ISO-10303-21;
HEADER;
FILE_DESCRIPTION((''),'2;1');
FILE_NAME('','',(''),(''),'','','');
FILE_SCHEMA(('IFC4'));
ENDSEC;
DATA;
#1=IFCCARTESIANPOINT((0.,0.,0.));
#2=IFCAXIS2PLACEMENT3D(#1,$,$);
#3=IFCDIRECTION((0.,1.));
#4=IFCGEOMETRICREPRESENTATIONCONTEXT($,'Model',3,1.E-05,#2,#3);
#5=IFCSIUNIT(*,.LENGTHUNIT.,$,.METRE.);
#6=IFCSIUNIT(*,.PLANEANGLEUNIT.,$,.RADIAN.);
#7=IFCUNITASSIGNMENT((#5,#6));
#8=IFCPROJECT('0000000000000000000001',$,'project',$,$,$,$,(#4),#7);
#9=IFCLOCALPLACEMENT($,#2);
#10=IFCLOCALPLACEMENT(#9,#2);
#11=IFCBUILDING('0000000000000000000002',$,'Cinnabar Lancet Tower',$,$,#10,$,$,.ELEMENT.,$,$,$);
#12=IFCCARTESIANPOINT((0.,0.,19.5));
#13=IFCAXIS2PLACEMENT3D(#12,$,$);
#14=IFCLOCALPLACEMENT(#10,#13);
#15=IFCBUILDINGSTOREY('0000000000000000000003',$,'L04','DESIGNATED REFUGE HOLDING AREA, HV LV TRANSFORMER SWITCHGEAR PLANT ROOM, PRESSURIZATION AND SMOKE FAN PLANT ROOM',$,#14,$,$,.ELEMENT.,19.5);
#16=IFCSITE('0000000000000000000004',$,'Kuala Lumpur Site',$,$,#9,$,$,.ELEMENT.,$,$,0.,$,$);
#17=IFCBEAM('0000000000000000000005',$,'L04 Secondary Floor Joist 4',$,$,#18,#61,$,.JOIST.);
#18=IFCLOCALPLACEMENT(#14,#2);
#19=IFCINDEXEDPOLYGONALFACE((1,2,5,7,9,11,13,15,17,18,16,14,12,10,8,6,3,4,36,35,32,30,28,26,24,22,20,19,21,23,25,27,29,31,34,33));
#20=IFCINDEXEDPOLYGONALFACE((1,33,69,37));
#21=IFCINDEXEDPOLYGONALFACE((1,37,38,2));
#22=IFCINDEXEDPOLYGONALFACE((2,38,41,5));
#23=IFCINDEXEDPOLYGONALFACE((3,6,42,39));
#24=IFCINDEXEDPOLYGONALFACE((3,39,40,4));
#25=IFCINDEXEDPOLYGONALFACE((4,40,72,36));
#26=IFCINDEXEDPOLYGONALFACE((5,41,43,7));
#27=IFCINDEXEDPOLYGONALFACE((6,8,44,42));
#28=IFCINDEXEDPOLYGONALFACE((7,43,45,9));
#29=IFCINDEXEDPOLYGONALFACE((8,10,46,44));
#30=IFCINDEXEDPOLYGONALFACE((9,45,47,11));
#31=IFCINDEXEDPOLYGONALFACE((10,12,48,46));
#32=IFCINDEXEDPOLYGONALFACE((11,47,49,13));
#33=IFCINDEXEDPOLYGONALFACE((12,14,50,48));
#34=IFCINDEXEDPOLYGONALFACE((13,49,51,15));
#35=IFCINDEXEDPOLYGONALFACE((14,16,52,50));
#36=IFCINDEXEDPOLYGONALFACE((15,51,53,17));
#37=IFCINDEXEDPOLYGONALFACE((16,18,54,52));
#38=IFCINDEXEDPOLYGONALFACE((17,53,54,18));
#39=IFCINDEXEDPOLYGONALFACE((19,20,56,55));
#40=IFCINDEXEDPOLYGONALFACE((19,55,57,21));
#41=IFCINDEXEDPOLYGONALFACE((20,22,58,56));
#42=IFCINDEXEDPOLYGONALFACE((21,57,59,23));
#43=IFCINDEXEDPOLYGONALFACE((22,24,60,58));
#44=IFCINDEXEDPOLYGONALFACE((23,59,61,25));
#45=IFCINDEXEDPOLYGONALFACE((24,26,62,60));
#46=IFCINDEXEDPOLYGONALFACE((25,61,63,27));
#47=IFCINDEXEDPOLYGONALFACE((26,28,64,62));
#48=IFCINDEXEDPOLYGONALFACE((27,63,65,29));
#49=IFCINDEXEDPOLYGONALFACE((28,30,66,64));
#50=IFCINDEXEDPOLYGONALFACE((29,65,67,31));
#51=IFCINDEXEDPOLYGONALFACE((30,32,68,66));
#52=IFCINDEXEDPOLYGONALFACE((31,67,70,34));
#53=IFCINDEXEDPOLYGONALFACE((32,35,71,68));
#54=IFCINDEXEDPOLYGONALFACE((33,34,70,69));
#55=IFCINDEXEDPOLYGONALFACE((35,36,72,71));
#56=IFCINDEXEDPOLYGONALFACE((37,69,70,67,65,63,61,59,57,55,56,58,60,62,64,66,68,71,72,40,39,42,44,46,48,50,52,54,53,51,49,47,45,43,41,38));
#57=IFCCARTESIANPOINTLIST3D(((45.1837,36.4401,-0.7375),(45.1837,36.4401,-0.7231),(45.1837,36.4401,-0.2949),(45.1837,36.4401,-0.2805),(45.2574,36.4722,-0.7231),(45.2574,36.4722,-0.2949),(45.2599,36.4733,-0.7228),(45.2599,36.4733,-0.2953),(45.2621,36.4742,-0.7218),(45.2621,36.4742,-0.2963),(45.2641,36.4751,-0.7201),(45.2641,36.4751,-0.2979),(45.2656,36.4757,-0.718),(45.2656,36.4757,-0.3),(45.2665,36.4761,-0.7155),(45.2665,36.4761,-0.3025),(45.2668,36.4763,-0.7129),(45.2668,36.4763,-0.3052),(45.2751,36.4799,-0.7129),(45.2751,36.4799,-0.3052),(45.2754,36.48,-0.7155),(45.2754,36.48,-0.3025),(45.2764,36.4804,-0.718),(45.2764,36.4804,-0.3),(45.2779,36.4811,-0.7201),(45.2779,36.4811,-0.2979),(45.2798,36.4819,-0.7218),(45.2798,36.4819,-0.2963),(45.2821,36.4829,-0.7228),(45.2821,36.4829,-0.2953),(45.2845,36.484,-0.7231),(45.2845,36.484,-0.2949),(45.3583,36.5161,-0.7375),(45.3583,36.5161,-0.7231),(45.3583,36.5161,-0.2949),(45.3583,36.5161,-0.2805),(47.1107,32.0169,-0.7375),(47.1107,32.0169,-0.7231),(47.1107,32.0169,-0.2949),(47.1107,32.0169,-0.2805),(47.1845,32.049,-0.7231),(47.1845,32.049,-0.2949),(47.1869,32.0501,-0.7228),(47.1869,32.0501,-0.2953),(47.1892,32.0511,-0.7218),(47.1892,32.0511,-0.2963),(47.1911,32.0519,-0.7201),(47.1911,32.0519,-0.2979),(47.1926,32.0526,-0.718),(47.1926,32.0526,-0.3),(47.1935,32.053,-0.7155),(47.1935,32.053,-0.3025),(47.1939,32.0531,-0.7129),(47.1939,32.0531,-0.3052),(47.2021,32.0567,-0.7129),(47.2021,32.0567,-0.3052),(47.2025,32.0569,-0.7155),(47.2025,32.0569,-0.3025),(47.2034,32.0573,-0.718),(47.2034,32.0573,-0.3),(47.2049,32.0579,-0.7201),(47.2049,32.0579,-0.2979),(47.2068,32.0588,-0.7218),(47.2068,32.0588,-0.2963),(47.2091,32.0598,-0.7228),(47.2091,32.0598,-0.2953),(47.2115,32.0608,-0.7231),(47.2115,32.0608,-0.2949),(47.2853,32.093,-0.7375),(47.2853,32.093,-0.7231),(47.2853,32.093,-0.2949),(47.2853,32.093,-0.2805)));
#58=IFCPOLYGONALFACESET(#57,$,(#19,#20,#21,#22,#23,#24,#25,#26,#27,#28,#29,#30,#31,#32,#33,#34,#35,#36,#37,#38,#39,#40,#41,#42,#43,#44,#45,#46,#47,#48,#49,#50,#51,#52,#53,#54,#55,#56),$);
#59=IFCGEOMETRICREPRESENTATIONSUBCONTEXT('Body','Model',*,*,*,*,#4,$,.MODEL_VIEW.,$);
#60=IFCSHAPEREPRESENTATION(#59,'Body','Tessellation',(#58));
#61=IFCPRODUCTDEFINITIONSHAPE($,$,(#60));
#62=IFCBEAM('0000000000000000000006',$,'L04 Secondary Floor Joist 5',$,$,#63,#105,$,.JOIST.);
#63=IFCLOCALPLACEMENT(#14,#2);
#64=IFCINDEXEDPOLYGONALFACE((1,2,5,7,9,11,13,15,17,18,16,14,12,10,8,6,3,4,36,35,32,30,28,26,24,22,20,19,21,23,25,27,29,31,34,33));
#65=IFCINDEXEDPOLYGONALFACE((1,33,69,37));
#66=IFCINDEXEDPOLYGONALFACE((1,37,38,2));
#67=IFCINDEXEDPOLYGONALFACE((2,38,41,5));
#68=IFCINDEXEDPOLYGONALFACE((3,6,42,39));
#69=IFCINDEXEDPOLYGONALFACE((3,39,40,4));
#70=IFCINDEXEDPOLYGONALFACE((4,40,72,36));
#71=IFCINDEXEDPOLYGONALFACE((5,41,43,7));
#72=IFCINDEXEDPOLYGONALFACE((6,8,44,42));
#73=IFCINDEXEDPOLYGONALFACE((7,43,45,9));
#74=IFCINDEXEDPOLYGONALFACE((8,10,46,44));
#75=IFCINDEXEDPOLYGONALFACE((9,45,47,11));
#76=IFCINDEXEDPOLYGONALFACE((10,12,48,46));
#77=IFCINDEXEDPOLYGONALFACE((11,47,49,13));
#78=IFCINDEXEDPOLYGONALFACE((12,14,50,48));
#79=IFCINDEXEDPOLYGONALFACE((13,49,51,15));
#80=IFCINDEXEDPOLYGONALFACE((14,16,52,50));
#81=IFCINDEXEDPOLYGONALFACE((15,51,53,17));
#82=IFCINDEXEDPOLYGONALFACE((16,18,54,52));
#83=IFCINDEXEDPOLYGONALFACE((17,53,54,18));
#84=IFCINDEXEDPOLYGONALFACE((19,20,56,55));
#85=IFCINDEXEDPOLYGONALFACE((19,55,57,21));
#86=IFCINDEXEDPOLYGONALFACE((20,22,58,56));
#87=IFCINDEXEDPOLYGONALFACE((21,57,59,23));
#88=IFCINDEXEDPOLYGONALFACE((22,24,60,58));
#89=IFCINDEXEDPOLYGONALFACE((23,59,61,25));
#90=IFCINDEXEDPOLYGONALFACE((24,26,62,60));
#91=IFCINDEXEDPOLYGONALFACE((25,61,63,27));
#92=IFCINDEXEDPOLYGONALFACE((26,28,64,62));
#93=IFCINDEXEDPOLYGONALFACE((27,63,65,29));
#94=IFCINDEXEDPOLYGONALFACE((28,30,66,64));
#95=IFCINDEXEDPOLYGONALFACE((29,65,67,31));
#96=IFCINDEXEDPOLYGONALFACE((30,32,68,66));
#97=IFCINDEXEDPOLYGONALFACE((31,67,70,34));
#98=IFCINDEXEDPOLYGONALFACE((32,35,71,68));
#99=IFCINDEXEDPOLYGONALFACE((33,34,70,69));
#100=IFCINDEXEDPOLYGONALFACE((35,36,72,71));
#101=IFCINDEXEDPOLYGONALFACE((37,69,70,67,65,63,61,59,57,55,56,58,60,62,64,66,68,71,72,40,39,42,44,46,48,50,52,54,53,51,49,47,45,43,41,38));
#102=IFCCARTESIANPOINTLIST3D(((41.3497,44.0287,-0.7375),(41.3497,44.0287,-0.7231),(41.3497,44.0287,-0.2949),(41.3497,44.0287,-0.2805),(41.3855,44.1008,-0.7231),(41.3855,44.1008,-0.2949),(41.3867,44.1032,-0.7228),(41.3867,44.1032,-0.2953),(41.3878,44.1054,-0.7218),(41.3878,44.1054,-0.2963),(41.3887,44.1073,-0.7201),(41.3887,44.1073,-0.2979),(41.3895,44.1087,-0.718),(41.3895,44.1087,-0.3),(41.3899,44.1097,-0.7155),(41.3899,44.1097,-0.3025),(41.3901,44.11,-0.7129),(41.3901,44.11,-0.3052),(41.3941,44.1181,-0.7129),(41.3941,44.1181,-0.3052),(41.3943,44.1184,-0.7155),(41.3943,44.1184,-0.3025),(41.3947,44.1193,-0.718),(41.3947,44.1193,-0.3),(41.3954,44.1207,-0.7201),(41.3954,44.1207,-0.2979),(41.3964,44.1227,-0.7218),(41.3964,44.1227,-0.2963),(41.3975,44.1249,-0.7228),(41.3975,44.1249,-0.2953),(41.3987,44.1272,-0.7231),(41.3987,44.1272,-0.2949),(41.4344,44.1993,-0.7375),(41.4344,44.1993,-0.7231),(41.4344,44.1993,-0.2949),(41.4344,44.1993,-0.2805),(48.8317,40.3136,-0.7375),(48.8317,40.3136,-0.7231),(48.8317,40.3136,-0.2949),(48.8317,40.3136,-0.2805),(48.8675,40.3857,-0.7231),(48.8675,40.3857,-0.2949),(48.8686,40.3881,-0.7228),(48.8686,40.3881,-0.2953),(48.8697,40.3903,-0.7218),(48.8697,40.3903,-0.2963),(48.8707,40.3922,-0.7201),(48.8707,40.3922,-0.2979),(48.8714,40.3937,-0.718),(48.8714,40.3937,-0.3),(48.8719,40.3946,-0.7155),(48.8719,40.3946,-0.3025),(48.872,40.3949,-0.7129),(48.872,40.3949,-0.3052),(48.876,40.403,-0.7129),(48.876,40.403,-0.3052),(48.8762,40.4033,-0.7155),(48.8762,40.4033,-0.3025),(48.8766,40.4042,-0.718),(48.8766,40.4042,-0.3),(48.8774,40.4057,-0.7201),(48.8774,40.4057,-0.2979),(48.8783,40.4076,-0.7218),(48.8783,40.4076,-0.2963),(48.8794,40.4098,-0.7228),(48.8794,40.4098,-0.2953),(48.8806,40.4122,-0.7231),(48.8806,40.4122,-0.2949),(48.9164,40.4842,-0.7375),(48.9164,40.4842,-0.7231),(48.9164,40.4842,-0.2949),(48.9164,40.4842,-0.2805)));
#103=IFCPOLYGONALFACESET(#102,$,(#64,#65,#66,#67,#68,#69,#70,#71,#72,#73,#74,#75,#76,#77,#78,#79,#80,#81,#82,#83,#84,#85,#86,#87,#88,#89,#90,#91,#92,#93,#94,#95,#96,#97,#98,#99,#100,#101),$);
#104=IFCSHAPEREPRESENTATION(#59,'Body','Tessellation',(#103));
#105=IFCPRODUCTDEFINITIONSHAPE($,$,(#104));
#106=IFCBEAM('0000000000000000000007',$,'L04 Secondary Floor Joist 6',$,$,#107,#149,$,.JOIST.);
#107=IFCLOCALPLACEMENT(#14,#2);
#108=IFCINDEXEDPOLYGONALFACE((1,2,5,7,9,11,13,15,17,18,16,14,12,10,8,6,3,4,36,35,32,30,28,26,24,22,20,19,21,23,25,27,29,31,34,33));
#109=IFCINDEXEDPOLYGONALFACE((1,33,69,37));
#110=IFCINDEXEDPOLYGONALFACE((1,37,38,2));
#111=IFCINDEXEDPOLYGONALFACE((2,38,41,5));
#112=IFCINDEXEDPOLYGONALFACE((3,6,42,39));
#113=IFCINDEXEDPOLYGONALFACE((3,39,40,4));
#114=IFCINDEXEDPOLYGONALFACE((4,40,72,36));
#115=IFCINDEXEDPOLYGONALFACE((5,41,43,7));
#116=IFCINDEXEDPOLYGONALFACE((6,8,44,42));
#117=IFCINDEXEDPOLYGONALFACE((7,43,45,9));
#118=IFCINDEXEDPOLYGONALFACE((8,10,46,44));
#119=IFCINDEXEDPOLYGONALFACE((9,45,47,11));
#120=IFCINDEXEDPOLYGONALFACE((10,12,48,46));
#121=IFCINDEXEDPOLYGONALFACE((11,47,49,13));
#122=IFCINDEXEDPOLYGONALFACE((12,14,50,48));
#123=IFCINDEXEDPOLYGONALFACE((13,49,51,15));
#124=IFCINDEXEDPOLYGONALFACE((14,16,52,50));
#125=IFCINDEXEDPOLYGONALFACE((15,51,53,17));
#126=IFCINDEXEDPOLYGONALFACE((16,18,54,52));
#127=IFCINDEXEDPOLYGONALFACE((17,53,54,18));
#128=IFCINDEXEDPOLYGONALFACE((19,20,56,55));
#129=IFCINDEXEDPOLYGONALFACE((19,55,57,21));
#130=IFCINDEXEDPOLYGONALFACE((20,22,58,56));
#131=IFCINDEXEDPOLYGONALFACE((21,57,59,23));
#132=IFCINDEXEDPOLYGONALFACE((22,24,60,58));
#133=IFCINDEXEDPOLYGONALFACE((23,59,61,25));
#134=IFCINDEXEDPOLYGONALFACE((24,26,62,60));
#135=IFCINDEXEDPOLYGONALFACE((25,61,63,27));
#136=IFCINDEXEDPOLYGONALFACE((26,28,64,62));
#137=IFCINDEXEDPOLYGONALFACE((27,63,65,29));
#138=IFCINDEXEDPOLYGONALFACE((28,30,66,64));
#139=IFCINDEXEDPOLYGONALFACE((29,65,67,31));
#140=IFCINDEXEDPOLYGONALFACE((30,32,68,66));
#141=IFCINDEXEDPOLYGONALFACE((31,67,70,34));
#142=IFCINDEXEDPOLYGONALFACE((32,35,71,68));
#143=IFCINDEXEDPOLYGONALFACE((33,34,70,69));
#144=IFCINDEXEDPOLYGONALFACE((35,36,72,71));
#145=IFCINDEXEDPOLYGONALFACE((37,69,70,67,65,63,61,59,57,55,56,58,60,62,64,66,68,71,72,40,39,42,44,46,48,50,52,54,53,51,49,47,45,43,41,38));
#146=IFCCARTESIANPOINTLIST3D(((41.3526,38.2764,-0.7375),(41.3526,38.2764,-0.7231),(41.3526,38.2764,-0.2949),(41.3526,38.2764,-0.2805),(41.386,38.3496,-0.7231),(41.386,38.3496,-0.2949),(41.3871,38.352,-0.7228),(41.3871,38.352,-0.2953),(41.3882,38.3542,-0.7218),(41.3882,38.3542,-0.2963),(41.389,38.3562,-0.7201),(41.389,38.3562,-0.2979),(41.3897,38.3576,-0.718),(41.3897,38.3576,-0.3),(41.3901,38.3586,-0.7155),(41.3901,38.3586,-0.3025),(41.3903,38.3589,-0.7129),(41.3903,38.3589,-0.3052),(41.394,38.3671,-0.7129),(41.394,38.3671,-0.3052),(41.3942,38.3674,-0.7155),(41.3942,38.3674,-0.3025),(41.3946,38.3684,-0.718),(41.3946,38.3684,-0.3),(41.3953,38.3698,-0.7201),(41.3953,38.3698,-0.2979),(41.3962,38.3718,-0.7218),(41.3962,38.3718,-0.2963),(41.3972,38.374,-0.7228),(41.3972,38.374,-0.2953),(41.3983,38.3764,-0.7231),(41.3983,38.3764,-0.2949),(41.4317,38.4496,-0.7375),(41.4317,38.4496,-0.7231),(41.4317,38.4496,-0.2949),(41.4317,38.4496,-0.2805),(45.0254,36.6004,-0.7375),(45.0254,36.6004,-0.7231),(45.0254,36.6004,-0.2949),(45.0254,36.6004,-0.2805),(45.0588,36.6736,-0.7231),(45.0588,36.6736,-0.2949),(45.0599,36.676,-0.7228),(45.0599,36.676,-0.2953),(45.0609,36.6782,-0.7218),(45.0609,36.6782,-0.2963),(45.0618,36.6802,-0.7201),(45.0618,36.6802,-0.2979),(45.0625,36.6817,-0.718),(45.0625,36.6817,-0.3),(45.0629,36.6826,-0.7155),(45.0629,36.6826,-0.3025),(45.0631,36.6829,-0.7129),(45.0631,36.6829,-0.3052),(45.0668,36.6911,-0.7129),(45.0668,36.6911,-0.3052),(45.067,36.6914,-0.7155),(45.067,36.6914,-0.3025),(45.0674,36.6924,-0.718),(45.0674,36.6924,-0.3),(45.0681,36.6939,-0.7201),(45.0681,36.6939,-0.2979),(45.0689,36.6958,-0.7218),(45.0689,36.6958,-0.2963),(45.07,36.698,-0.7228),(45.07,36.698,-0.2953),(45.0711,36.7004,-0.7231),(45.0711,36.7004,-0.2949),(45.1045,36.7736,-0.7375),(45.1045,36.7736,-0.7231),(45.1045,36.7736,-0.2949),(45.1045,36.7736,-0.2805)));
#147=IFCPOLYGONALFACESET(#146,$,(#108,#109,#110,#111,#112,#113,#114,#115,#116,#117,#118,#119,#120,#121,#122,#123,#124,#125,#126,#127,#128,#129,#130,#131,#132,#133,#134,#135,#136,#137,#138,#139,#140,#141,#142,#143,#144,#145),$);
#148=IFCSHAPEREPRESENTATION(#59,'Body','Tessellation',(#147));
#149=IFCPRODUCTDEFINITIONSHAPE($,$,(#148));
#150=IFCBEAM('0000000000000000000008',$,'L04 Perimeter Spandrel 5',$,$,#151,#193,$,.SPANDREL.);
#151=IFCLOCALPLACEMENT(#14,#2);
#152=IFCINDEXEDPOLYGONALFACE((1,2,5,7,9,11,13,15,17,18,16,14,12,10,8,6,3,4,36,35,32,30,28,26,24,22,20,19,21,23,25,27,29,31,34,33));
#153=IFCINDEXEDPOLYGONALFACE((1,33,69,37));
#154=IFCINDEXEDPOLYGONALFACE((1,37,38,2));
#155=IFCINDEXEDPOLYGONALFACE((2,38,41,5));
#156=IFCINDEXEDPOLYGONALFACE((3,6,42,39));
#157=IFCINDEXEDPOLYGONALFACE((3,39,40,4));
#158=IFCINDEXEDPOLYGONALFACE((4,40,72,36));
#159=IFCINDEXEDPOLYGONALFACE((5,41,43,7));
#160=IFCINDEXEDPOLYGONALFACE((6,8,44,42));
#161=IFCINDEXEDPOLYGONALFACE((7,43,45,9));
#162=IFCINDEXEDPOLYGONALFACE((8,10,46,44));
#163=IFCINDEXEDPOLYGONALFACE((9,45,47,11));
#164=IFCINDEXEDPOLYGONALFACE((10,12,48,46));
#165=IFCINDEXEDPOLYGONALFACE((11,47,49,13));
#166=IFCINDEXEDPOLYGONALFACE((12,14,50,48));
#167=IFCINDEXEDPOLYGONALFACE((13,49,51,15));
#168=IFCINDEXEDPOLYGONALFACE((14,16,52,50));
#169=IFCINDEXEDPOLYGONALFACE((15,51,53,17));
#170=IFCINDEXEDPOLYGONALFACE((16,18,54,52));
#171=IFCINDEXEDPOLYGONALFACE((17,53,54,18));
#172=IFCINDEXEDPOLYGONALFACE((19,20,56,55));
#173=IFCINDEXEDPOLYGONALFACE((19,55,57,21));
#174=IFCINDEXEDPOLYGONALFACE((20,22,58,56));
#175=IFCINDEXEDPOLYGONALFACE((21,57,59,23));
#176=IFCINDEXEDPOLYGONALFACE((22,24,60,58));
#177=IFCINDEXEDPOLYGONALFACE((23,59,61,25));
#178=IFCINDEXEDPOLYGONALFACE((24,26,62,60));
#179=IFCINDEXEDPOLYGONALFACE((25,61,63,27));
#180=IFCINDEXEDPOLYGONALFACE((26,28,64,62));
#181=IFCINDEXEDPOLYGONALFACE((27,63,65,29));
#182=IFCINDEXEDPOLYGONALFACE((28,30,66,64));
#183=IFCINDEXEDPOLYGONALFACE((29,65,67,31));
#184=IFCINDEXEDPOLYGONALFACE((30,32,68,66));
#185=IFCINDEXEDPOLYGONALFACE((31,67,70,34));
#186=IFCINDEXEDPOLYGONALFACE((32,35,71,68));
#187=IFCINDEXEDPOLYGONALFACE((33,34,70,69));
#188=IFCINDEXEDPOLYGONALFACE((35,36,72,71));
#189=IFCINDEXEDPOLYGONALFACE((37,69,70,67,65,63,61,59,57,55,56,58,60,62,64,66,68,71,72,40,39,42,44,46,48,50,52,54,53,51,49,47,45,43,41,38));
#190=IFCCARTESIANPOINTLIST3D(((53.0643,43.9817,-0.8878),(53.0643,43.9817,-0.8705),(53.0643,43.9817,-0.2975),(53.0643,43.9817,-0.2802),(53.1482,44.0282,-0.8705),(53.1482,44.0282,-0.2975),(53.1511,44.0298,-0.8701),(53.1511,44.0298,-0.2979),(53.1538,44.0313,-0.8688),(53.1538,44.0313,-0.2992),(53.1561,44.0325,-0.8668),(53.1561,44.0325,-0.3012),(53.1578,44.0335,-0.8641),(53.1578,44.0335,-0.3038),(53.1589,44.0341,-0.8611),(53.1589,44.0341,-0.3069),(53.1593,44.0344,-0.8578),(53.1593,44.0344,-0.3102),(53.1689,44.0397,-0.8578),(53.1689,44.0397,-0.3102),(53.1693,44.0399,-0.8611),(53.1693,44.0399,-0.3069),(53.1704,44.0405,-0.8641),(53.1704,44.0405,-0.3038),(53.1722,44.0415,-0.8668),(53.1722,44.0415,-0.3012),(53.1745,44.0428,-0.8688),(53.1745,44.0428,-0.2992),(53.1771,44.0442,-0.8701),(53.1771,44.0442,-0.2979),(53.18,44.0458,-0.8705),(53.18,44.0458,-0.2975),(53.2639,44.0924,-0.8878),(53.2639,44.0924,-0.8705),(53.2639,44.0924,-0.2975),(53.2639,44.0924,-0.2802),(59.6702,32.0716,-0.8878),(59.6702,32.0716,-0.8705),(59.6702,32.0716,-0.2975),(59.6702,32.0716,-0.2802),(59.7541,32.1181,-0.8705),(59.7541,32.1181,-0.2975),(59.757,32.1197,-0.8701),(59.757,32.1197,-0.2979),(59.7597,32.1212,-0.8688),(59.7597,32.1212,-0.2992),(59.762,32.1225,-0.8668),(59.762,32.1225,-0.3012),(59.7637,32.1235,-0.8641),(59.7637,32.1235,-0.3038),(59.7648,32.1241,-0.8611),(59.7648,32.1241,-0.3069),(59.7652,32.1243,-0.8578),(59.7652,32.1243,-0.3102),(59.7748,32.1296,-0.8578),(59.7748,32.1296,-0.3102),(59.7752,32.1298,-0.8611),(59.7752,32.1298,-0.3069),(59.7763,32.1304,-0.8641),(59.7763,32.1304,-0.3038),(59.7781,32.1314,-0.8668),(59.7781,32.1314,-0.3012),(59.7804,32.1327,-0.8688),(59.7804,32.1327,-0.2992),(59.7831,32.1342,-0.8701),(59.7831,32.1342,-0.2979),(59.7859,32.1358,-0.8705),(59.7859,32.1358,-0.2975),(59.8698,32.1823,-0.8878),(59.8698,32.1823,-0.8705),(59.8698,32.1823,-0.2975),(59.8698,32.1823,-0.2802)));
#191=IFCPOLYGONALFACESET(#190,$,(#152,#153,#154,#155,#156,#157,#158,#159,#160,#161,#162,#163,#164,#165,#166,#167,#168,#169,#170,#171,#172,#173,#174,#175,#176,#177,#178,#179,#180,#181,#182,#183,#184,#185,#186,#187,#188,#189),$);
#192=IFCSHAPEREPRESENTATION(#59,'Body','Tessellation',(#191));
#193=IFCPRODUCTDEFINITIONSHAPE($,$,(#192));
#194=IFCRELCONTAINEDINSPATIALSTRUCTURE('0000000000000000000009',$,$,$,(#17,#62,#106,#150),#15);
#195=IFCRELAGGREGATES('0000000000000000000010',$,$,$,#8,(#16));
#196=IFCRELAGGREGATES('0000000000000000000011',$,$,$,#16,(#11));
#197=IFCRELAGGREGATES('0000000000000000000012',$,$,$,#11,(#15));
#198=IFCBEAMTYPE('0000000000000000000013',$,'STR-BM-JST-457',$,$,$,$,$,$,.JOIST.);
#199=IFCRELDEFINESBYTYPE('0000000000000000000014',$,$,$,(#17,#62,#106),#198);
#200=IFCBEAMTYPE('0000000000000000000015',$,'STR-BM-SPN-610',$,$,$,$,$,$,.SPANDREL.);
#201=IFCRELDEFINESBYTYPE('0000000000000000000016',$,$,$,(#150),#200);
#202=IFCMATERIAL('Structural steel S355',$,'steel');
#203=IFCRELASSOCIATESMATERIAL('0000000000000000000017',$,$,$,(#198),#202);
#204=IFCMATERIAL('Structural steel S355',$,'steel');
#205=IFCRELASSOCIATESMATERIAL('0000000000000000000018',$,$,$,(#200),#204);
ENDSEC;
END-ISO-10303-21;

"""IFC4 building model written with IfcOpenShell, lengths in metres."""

from ifc_helpers import new_model, si_unit, direction, frame, origin, origin_2d, place, context, subcontext, project, spatial, i_section, extrude, material, material_profile, profile_set, type_object, element, save


model = new_model("IFC4")

# Units and contexts
model_context = context("Model", 3, precision=1e-05, world=origin(), true_north=direction((0.0, 1.0)))
body_context = subcontext(model_context, "Body", "Model", "MODEL_VIEW")
ifc_project = project(units=[si_unit("LENGTHUNIT", "METRE"), si_unit("PLANEANGLEUNIT", "RADIAN")], contexts=[model_context])

# Site, building, storey
site_placement = place(None, origin())
site = spatial("IfcSite", under=ifc_project, at=site_placement, Name="Kuala Lumpur Site", CompositionType="ELEMENT", RefElevation=0.0)
building_placement = place(site_placement, origin())
building = spatial("IfcBuilding", under=site, at=building_placement, Name="Cinnabar Lancet Tower", CompositionType="ELEMENT")
storey_placement = place(building_placement, frame((0.0, 0.0, 19.5)))
storey = spatial("IfcBuildingStorey", under=building, at=storey_placement, Name="L04", Description="DESIGNATED REFUGE HOLDING AREA, HV LV TRANSFORMER SWITCHGEAR PLANT ROOM, PRESSURIZATION AND SMOKE FAN PLANT ROOM", CompositionType="ELEMENT", Elevation=19.5)

# Beams
ifc_material_1 = material(Name="Structural steel S355", Category="steel")
ifc_material_profile_1 = material_profile(ifc_material_1, i_section(OverallWidth=0.1904, OverallDepth=0.457, WebThickness=0.009, FlangeThickness=0.0144, FilletRadius=0.0103, at=origin_2d()), Name="UKB 457x191x74")
ifc_profile_set_1 = profile_set([ifc_material_profile_1], Name="Structural steel S355")
beam_type_1 = type_object("IfcBeamType", Name="STR-BM-JST-457", PredefinedType="JOIST", material=ifc_profile_set_1)
beam_1_placement = place(storey_placement, frame((47.198, 32.0549, -0.509), z_axis=(-0.399409, 0.916773, 0.0), x_axis=(-0.916773, -0.399409, 0.0)))
element("IfcBeam", 1, at=beam_1_placement, inside=storey, type_object=beam_type_1, Name="L04 Secondary Floor Joist 4", PredefinedType="JOIST", context=body_context, shape_type="SweptSolid", body=[
    extrude(i_section(OverallWidth=0.1904, OverallDepth=0.457, WebThickness=0.009, FlangeThickness=0.0144, FilletRadius=0.0103, at=origin_2d()), origin(), (0.0, 0.0, 1.0), 4.8247),
])
beam_2_placement = place(storey_placement, frame((48.874, 40.3989, -0.509), z_axis=(-0.895663, 0.444734, 0.0), x_axis=(-0.444734, -0.895663, 0.0)))
element("IfcBeam", 2, at=beam_2_placement, inside=storey, type_object=beam_type_1, Name="L04 Secondary Floor Joist 5", PredefinedType="JOIST", context=body_context, shape_type="SweptSolid", body=[
    extrude(i_section(OverallWidth=0.1904, OverallDepth=0.457, WebThickness=0.009, FlangeThickness=0.0144, FilletRadius=0.0103, at=origin_2d()), origin(), (0.0, 0.0, 1.0), 8.3535),
])
beam_3_placement = place(storey_placement, frame((45.0649, 36.687, -0.509), z_axis=(-0.909755, 0.415147, 0.0), x_axis=(-0.415147, -0.909755, 0.0)))
element("IfcBeam", 3, at=beam_3_placement, inside=storey, type_object=beam_type_1, Name="L04 Secondary Floor Joist 6", PredefinedType="JOIST", context=body_context, shape_type="SweptSolid", body=[
    extrude(i_section(OverallWidth=0.1904, OverallDepth=0.457, WebThickness=0.009, FlangeThickness=0.0144, FilletRadius=0.0103, at=origin_2d()), origin(), (0.0, 0.0, 1.0), 4.0371),
])
ifc_material_2 = material(Name="Structural steel S355", Category="steel")
ifc_material_profile_2 = material_profile(ifc_material_2, i_section(OverallWidth=0.2283, OverallDepth=0.6077, WebThickness=0.011, FlangeThickness=0.0173, FilletRadius=0.0127, at=origin_2d()), Name="UKB 610x229x113")
ifc_profile_set_2 = profile_set([ifc_material_profile_2], Name="Structural steel S355")
beam_type_2 = type_object("IfcBeamType", Name="STR-BM-SPN-610", PredefinedType="SPANDREL", material=ifc_profile_set_2)
beam_4_placement = place(storey_placement, frame((59.77, 32.127, -0.584), z_axis=(-0.485037, 0.874494, 0.0), x_axis=(-0.874494, -0.485037, 0.0)))
element("IfcBeam", 4, at=beam_4_placement, inside=storey, type_object=beam_type_2, Name="L04 Perimeter Spandrel 5", PredefinedType="SPANDREL", context=body_context, shape_type="SweptSolid", body=[
    extrude(i_section(OverallWidth=0.2283, OverallDepth=0.6077, WebThickness=0.011, FlangeThickness=0.0173, FilletRadius=0.0127, at=origin_2d()), origin(), (0.0, 0.0, 1.0), 13.6194),
])

save(model, "model.ifc")
